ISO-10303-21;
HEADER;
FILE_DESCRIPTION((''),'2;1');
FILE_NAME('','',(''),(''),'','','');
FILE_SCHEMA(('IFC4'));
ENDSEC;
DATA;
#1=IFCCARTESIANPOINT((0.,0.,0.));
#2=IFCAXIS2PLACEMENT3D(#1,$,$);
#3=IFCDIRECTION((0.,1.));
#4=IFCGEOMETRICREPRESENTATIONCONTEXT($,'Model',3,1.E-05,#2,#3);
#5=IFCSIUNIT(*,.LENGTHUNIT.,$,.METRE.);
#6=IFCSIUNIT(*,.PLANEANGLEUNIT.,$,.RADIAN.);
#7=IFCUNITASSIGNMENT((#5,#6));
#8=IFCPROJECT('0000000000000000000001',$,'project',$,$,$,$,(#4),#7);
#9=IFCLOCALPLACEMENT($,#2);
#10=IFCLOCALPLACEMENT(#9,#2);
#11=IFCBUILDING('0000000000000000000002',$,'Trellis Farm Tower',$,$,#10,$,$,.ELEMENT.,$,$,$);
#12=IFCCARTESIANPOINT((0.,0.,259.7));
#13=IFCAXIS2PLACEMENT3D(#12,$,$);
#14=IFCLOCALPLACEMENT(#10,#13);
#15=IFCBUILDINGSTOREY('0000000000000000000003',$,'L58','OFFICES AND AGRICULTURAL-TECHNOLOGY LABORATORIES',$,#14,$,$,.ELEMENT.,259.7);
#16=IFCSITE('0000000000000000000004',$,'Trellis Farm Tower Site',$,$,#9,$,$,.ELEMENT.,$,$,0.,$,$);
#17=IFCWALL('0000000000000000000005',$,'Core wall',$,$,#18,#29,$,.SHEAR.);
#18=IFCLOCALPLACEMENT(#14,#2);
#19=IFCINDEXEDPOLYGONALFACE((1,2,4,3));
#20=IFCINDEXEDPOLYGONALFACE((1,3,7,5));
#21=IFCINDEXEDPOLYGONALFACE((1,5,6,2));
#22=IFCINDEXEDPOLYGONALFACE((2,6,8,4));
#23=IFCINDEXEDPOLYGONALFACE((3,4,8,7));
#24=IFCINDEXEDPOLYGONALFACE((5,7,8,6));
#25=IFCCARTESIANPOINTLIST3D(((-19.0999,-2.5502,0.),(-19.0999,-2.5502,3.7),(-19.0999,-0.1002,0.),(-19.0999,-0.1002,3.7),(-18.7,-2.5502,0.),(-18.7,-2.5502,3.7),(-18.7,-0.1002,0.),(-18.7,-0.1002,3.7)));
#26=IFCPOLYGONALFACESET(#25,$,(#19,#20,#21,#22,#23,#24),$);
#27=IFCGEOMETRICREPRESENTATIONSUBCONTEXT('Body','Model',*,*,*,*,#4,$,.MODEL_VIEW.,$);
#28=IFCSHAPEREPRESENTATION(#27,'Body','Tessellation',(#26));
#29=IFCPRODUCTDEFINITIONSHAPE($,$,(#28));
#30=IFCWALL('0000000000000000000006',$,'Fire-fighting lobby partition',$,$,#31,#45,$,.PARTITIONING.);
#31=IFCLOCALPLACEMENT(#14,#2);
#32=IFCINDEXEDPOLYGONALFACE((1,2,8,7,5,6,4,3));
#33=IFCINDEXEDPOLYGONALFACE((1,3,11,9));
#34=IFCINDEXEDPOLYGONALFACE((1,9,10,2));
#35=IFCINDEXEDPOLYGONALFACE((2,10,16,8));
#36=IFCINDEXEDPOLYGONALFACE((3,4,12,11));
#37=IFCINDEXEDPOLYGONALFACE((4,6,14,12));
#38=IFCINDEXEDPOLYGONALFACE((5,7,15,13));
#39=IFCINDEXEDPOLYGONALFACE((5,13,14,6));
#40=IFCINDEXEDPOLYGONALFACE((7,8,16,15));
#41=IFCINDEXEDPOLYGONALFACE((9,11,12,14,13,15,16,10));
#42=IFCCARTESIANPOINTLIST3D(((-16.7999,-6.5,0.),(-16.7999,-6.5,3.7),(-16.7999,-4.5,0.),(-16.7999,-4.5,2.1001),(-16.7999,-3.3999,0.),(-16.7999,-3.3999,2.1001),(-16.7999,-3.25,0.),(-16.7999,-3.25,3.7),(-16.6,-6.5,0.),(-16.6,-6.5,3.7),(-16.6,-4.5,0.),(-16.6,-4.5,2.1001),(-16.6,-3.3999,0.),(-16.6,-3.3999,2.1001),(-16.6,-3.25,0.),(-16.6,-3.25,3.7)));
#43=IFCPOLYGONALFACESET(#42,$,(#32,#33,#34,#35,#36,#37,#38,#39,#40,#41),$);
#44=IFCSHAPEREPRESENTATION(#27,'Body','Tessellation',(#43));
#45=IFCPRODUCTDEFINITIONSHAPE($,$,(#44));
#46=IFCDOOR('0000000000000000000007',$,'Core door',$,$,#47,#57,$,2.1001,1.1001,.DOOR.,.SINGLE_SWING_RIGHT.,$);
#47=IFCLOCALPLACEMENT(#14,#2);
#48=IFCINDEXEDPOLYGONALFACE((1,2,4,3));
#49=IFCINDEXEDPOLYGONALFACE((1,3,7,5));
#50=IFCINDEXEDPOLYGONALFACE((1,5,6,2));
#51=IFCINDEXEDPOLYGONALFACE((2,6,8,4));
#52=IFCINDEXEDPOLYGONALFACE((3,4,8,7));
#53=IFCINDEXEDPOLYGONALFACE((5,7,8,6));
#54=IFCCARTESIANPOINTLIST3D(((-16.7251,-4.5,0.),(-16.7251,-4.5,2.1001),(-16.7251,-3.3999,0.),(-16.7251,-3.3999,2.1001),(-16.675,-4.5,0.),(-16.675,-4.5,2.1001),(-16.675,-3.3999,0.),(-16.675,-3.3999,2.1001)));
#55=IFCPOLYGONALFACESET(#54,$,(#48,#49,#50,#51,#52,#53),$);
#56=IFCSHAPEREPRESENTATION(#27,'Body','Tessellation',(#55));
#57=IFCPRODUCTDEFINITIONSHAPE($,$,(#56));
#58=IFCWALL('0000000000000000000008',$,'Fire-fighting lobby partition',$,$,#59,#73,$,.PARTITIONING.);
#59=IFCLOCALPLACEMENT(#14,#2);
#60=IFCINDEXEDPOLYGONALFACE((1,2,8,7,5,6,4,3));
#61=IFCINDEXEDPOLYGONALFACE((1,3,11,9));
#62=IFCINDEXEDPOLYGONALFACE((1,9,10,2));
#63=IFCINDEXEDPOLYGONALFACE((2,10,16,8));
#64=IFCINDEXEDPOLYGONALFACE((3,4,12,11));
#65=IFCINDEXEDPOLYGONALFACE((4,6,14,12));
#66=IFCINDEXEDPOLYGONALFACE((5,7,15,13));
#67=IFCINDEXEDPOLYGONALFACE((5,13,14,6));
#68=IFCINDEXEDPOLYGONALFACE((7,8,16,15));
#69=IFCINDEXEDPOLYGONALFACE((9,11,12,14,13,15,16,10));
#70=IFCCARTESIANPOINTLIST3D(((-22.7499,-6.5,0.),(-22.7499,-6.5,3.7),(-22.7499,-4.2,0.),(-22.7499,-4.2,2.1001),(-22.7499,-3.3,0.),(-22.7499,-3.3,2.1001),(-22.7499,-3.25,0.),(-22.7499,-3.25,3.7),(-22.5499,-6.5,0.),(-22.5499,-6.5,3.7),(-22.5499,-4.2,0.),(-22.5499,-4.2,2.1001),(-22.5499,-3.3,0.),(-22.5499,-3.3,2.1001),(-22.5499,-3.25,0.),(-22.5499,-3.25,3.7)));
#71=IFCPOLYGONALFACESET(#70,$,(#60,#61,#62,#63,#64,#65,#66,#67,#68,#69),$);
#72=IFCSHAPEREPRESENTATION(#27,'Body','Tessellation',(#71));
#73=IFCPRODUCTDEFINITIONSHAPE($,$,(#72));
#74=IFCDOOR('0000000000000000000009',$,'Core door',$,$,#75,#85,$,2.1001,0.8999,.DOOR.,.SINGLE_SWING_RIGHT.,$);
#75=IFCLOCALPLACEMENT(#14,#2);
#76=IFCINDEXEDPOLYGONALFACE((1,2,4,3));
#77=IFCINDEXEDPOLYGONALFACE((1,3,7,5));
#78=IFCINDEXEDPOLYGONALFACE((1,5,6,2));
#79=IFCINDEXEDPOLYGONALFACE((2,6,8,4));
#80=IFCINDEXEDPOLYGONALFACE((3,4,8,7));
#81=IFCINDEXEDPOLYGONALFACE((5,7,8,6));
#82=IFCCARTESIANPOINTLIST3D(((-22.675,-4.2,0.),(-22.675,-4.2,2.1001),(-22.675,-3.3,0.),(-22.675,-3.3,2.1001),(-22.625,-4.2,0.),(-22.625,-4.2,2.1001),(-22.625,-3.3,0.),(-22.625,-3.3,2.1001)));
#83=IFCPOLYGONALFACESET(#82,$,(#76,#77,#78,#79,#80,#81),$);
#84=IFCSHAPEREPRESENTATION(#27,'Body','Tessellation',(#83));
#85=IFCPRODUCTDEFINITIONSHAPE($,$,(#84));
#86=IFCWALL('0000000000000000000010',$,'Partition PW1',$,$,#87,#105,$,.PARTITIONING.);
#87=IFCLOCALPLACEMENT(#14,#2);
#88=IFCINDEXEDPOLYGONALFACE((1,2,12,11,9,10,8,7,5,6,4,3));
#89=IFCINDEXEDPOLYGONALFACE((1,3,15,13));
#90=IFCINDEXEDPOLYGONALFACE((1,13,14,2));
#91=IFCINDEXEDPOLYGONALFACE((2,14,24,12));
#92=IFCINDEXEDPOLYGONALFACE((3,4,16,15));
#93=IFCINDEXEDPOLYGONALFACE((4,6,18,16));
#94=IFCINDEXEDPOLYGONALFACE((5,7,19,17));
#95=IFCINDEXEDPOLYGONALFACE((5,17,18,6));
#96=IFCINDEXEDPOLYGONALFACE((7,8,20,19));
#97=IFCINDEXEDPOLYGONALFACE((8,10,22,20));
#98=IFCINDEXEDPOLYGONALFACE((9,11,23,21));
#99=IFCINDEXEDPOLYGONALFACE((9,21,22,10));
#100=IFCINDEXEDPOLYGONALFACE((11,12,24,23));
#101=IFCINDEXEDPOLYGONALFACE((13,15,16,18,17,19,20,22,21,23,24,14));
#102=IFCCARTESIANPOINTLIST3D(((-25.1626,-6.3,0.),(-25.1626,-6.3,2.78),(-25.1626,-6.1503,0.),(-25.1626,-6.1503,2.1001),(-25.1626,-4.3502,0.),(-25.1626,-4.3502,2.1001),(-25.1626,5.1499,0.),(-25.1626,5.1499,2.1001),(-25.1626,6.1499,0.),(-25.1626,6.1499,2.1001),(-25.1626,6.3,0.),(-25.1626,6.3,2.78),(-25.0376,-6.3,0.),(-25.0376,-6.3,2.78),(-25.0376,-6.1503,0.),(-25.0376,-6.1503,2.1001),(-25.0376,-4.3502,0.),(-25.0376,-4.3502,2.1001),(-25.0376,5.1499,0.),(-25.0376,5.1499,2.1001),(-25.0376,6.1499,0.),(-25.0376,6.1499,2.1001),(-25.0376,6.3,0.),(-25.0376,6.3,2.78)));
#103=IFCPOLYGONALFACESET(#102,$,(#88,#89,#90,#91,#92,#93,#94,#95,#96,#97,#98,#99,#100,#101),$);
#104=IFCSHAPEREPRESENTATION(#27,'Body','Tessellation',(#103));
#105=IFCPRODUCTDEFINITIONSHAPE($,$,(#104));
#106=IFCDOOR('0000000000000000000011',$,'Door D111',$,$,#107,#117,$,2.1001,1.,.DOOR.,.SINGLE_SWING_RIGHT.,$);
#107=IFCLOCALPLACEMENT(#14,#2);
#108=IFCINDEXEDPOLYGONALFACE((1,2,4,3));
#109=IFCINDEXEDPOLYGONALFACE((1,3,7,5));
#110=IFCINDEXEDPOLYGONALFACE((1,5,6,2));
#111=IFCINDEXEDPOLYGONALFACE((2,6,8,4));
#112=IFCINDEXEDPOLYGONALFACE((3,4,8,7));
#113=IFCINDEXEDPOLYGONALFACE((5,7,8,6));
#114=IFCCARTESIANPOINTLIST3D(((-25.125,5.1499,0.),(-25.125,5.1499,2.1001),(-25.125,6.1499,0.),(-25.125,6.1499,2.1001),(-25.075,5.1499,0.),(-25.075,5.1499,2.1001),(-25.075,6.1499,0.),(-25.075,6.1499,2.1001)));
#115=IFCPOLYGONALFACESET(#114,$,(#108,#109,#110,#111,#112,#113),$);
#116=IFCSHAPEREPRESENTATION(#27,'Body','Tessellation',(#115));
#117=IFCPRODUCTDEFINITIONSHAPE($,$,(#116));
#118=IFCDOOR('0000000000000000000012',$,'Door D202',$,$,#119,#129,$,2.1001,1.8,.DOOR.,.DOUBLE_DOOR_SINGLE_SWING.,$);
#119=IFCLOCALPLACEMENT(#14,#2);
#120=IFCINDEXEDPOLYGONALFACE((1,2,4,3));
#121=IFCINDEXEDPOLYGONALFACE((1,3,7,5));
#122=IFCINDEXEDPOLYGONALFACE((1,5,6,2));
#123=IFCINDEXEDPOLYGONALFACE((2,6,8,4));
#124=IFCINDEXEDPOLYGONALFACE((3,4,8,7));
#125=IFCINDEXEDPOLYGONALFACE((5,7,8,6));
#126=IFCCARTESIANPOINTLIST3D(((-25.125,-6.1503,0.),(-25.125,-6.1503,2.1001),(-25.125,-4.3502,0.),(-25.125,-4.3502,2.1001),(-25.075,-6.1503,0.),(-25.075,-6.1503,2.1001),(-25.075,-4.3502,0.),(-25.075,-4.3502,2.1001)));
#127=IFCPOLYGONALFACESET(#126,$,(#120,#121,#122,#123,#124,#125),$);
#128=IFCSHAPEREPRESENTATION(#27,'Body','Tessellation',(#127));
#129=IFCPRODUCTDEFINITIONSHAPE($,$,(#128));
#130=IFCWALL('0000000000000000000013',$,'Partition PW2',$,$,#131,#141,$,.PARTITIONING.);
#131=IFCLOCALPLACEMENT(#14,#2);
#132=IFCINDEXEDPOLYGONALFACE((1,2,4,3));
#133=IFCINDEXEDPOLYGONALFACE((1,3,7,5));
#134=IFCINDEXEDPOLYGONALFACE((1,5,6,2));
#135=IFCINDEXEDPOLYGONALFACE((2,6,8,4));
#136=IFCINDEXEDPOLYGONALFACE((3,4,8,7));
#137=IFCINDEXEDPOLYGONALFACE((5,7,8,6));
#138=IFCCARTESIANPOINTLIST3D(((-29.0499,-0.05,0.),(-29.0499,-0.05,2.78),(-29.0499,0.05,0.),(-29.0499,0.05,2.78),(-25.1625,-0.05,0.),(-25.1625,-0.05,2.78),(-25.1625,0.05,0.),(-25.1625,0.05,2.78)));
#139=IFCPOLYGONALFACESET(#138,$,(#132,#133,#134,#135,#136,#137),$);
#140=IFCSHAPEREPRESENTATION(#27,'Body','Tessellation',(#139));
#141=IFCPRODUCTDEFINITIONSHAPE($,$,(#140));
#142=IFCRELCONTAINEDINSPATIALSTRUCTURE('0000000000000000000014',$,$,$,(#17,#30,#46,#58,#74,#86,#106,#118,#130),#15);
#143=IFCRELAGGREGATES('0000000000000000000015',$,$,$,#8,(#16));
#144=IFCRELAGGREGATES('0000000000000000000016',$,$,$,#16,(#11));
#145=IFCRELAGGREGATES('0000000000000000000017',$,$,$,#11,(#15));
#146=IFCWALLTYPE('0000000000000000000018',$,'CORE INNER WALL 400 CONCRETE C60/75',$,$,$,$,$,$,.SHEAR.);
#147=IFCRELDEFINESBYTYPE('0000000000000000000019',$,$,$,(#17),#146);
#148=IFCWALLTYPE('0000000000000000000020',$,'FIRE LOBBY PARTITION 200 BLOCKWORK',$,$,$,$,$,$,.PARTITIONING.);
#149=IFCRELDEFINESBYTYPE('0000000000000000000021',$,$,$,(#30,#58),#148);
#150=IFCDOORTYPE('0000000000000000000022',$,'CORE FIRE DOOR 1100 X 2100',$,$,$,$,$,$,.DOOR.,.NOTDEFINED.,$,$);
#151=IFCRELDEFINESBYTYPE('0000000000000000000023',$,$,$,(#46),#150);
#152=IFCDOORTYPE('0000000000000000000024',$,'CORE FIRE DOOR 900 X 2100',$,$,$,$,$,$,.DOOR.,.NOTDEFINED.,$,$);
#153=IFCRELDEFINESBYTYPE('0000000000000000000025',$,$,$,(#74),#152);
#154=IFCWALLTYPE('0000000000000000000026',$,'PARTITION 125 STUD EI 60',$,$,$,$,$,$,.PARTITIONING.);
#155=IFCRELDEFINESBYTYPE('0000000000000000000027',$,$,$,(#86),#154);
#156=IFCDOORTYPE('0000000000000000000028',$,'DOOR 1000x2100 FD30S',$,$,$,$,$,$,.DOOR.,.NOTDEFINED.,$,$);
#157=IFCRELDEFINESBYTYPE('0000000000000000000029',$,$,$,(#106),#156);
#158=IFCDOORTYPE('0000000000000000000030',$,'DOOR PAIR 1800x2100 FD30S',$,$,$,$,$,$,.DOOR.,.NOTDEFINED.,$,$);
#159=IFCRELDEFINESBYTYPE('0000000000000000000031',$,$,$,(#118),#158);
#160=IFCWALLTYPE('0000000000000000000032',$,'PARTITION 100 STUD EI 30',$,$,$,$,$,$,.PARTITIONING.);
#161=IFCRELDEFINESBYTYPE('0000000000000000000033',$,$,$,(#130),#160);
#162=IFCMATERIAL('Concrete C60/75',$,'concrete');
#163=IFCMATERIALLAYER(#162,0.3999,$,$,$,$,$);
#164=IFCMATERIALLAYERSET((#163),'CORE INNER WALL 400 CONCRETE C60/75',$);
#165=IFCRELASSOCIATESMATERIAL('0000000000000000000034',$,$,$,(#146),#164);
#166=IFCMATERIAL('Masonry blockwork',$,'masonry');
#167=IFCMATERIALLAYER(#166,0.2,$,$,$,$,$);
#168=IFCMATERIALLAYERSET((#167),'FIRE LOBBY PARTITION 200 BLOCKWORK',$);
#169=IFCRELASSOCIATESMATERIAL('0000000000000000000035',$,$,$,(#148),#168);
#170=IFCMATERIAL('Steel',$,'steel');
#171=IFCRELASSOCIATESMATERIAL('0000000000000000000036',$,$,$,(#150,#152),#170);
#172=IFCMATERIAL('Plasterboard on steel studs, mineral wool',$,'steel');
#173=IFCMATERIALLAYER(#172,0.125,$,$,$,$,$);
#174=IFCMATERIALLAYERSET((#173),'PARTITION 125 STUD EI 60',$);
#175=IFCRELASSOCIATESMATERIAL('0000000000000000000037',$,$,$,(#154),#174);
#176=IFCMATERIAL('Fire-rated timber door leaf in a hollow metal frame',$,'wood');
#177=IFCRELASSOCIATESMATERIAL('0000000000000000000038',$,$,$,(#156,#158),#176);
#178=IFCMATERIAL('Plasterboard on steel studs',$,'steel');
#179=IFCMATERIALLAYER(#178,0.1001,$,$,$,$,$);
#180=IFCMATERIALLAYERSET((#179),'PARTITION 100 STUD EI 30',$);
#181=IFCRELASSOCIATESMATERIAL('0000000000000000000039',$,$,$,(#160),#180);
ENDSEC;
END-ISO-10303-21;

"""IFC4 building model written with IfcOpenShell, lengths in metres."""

from ifc_helpers import new_model, si_unit, direction, frame, frame_2d, origin, place, context, subcontext, project, spatial, rectangle, extrude, source, transform, mapped, material, layer, layer_set, type_object, element, fill, save


model = new_model("IFC4")

# Units and contexts
model_context = context("Model", 3, precision=1e-05, world=origin(), true_north=direction((0.0, 1.0)))
body_context = subcontext(model_context, "Body", "Model", "MODEL_VIEW")
ifc_project = project(units=[si_unit("LENGTHUNIT", "METRE"), si_unit("PLANEANGLEUNIT", "RADIAN")], contexts=[model_context])

# Site, building, storey
site_placement = place(None, origin())
site = spatial("IfcSite", under=ifc_project, at=site_placement, Name="Trellis Farm Tower Site", CompositionType="ELEMENT", RefElevation=0.0)
building_placement = place(site_placement, origin())
building = spatial("IfcBuilding", under=site, at=building_placement, Name="Trellis Farm Tower", CompositionType="ELEMENT")
storey_placement = place(building_placement, frame((0.0, 0.0, 259.7)))
storey = spatial("IfcBuildingStorey", under=building, at=storey_placement, Name="L58", Description="OFFICES AND AGRICULTURAL-TECHNOLOGY LABORATORIES", CompositionType="ELEMENT", Elevation=259.7)

# Shared definitions
ifc_material_1 = material(Name="Concrete C60/75", Category="concrete")

# Wall
ifc_layer_1 = layer(ifc_material_1, 0.3999)
ifc_layer_set_1 = layer_set([ifc_layer_1], Name="CORE INNER WALL 400 CONCRETE C60/75")
wall_type_1 = type_object("IfcWallType", Name="CORE INNER WALL 400 CONCRETE C60/75", PredefinedType="SHEAR", material=ifc_layer_set_1)
shared_shape_1 = source(origin(), body_context, "Body", "SweptSolid", [
    extrude(rectangle(XDim=2.45, YDim=0.3999, at=frame_2d((1.2251, 0.0))), origin(), (0.0, 0.0, 1.0), 3.7),
])
for number, where, z_axis, x_axis, name in (
    (1, (-18.8999, -0.1001, 0.0), (0.0, 0.0, 1.0), (0.0, -1.0, 0.0), "Core wall"),
):
    element("IfcWall", number, at=place(storey_placement, frame(where, z_axis=z_axis, x_axis=x_axis)), inside=storey, type_object=wall_type_1, Name=name, PredefinedType="SHEAR", context=body_context, shape_type="MappedRepresentation", body=[
        mapped(shared_shape_1, transform((0.0, 0.0, 0.0))),
    ])

# Walls, openings, doors
ifc_material_2 = material(Name="Masonry blockwork", Category="masonry")
ifc_layer_2 = layer(ifc_material_2, 0.2)
ifc_layer_set_2 = layer_set([ifc_layer_2], Name="FIRE LOBBY PARTITION 200 BLOCKWORK")
wall_type_2 = type_object("IfcWallType", Name="FIRE LOBBY PARTITION 200 BLOCKWORK", PredefinedType="PARTITIONING", material=ifc_layer_set_2)
shared_shape_2 = source(origin(), body_context, "Body", "SweptSolid", [
    extrude(rectangle(XDim=3.25, YDim=0.2, at=frame_2d((1.625, 0.0))), origin(), (0.0, 0.0, 1.0), 3.7),
])
wall_1_placement = place(storey_placement, frame((-16.7, -3.25, 0.0), z_axis=(0.0, 0.0, 1.0), x_axis=(0.0, -1.0, 0.0)))
wall_1 = element("IfcWall", 2, at=wall_1_placement, inside=storey, type_object=wall_type_2, Name="Fire-fighting lobby partition", PredefinedType="PARTITIONING", context=body_context, shape_type="MappedRepresentation", body=[
    mapped(shared_shape_2, transform((0.0, 0.0, 0.0))),
])
shared_shape_3 = source(origin(), body_context, "Body", "SweptSolid", [
    extrude(rectangle(XDim=1.1001, YDim=2.1001, at=frame_2d((0.55, 1.05))), frame((0.0, 0.1101, 0.0), z_axis=(0.0, -1.0, 0.0), x_axis=(1.0, 0.0, 0.0)), (0.0, 0.0, 1.0), 0.2202),
])
opening_1_placement = place(wall_1_placement, frame((0.1499, 0.0, 0.0)))
opening_1 = element("IfcOpeningElement", 3, at=opening_1_placement, cuts=wall_1, PredefinedType="OPENING", context=body_context, shape_type="MappedRepresentation", body=[
    mapped(shared_shape_3, transform((0.0, 0.0, 0.0))),
])
ifc_material_3 = material(Name="Steel", Category="steel")
door_type_1 = type_object("IfcDoorType", Name="CORE FIRE DOOR 1100 X 2100", OperationType="NOTDEFINED", PredefinedType="DOOR", material=ifc_material_3)
shared_shape_4 = source(origin(), body_context, "Body", "SweptSolid", [
    extrude(rectangle(XDim=1.1001, YDim=2.1001, at=frame_2d((0.55, 1.05))), frame((0.0, 0.0249, 0.0), z_axis=(0.0, -1.0, 0.0), x_axis=(1.0, 0.0, 0.0)), (0.0, 0.0, 1.0), 0.05),
])
door_1_placement = place(opening_1_placement, origin())
door_1 = element("IfcDoor", 4, at=door_1_placement, inside=storey, type_object=door_type_1, Name="Core door", OperationType="SINGLE_SWING_RIGHT", OverallHeight=2.1001, OverallWidth=1.1001, PredefinedType="DOOR", context=body_context, shape_type="MappedRepresentation", body=[
    mapped(shared_shape_4, transform((0.0, 0.0, 0.0))),
])
fill(opening_1, door_1)
wall_2_placement = place(storey_placement, frame((-22.6499, -3.25, 0.0), z_axis=(0.0, 0.0, 1.0), x_axis=(0.0, -1.0, 0.0)))
wall_2 = element("IfcWall", 5, at=wall_2_placement, inside=storey, type_object=wall_type_2, Name="Fire-fighting lobby partition", PredefinedType="PARTITIONING", context=body_context, shape_type="MappedRepresentation", body=[
    mapped(shared_shape_2, transform((0.0, 0.0, 0.0))),
])
shared_shape_5 = source(origin(), body_context, "Body", "SweptSolid", [
    extrude(rectangle(XDim=0.8999, YDim=2.1001, at=frame_2d((0.45, 1.05))), frame((0.0, 0.1101, 0.0), z_axis=(0.0, -1.0, 0.0), x_axis=(1.0, 0.0, 0.0)), (0.0, 0.0, 1.0), 0.2202),
])
opening_2_placement = place(wall_2_placement, frame((0.05, 0.0, 0.0)))
opening_2 = element("IfcOpeningElement", 6, at=opening_2_placement, cuts=wall_2, PredefinedType="OPENING", context=body_context, shape_type="MappedRepresentation", body=[
    mapped(shared_shape_5, transform((0.0, 0.0, 0.0))),
])
door_type_2 = type_object("IfcDoorType", Name="CORE FIRE DOOR 900 X 2100", OperationType="NOTDEFINED", PredefinedType="DOOR", material=ifc_material_3)
shared_shape_6 = source(origin(), body_context, "Body", "SweptSolid", [
    extrude(rectangle(XDim=0.8999, YDim=2.1001, at=frame_2d((0.45, 1.05))), frame((0.0, 0.0249, 0.0), z_axis=(0.0, -1.0, 0.0), x_axis=(1.0, 0.0, 0.0)), (0.0, 0.0, 1.0), 0.05),
])
door_2_placement = place(opening_2_placement, origin())
door_2 = element("IfcDoor", 7, at=door_2_placement, inside=storey, type_object=door_type_2, Name="Core door", OperationType="SINGLE_SWING_RIGHT", OverallHeight=2.1001, OverallWidth=0.8999, PredefinedType="DOOR", context=body_context, shape_type="MappedRepresentation", body=[
    mapped(shared_shape_6, transform((0.0, 0.0, 0.0))),
])
fill(opening_2, door_2)

# Wall, openings, doors
ifc_material_4 = material(Name="Plasterboard on steel studs, mineral wool", Category="steel")
ifc_layer_3 = layer(ifc_material_4, 0.125)
ifc_layer_set_3 = layer_set([ifc_layer_3], Name="PARTITION 125 STUD EI 60")
wall_type_3 = type_object("IfcWallType", Name="PARTITION 125 STUD EI 60", PredefinedType="PARTITIONING", material=ifc_layer_set_3)
shared_shape_7 = source(origin(), body_context, "Body", "SweptSolid", [
    extrude(rectangle(XDim=12.6001, YDim=0.125, at=frame_2d((6.3, 0.0))), origin(), (0.0, 0.0, 1.0), 2.78),
])
wall_3_placement = place(storey_placement, frame((-25.1001, -6.3, 0.0), z_axis=(0.0, 0.0, 1.0), x_axis=(0.0, 1.0, 0.0)))
wall_3 = element("IfcWall", 8, at=wall_3_placement, inside=storey, type_object=wall_type_3, Name="Partition PW1", PredefinedType="PARTITIONING", context=body_context, shape_type="MappedRepresentation", body=[
    mapped(shared_shape_7, transform((0.0, 0.0, 0.0))),
])
shared_shape_8 = source(origin(), body_context, "Body", "SweptSolid", [
    extrude(rectangle(XDim=1.8, YDim=2.1001, at=frame_2d((0.8999, 1.05))), frame((0.0, 0.0725, 0.0), z_axis=(0.0, -1.0, 0.0), x_axis=(1.0, 0.0, 0.0)), (0.0, 0.0, 1.0), 0.145),
])
opening_3_placement = place(wall_3_placement, frame((0.1499, 0.0, 0.0)))
opening_3 = element("IfcOpeningElement", 9, at=opening_3_placement, cuts=wall_3, PredefinedType="OPENING", context=body_context, shape_type="MappedRepresentation", body=[
    mapped(shared_shape_8, transform((0.0, 0.0, 0.0))),
])
shared_shape_9 = source(origin(), body_context, "Body", "SweptSolid", [
    extrude(rectangle(XDim=1.0, YDim=2.1001, at=frame_2d((0.5, 1.05))), frame((0.0, 0.0725, 0.0), z_axis=(0.0, -1.0, 0.0), x_axis=(1.0, 0.0, 0.0)), (0.0, 0.0, 1.0), 0.145),
])
opening_4_placement = place(wall_3_placement, frame((11.45, 0.0, 0.0)))
opening_4 = element("IfcOpeningElement", 10, at=opening_4_placement, cuts=wall_3, PredefinedType="OPENING", context=body_context, shape_type="MappedRepresentation", body=[
    mapped(shared_shape_9, transform((0.0, 0.0, 0.0))),
])
ifc_material_5 = material(Name="Fire-rated timber door leaf in a hollow metal frame", Category="wood")
door_type_3 = type_object("IfcDoorType", Name="DOOR 1000x2100 FD30S", OperationType="NOTDEFINED", PredefinedType="DOOR", material=ifc_material_5)
shared_shape_10 = source(origin(), body_context, "Body", "SweptSolid", [
    extrude(rectangle(XDim=1.0, YDim=2.1001, at=frame_2d((0.5, 1.05))), frame((0.0, 0.0249, 0.0), z_axis=(0.0, -1.0, 0.0), x_axis=(1.0, 0.0, 0.0)), (0.0, 0.0, 1.0), 0.05),
])
door_3_placement = place(opening_4_placement, origin())
door_3 = element("IfcDoor", 11, at=door_3_placement, inside=storey, type_object=door_type_3, Name="Door D111", OperationType="SINGLE_SWING_RIGHT", OverallHeight=2.1001, OverallWidth=1.0, PredefinedType="DOOR", context=body_context, shape_type="MappedRepresentation", body=[
    mapped(shared_shape_10, transform((0.0, 0.0, 0.0))),
])
fill(opening_4, door_3)
door_type_4 = type_object("IfcDoorType", Name="DOOR PAIR 1800x2100 FD30S", OperationType="NOTDEFINED", PredefinedType="DOOR", material=ifc_material_5)
shared_shape_11 = source(origin(), body_context, "Body", "SweptSolid", [
    extrude(rectangle(XDim=1.8, YDim=2.1001, at=frame_2d((0.8999, 1.05))), frame((0.0, 0.0249, 0.0), z_axis=(0.0, -1.0, 0.0), x_axis=(1.0, 0.0, 0.0)), (0.0, 0.0, 1.0), 0.05),
])
door_4_placement = place(opening_3_placement, origin())
door_4 = element("IfcDoor", 12, at=door_4_placement, inside=storey, type_object=door_type_4, Name="Door D202", OperationType="DOUBLE_DOOR_SINGLE_SWING", OverallHeight=2.1001, OverallWidth=1.8, PredefinedType="DOOR", context=body_context, shape_type="MappedRepresentation", body=[
    mapped(shared_shape_11, transform((0.0, 0.0, 0.0))),
])
fill(opening_3, door_4)

# Wall
ifc_material_6 = material(Name="Plasterboard on steel studs", Category="steel")
ifc_layer_4 = layer(ifc_material_6, 0.1001)
ifc_layer_set_4 = layer_set([ifc_layer_4], Name="PARTITION 100 STUD EI 30")
wall_type_4 = type_object("IfcWallType", Name="PARTITION 100 STUD EI 30", PredefinedType="PARTITIONING", material=ifc_layer_set_4)
shared_shape_12 = source(origin(), body_context, "Body", "SweptSolid", [
    extrude(rectangle(XDim=3.8875, YDim=0.1001, at=frame_2d((1.9438, 0.0))), origin(), (0.0, 0.0, 1.0), 2.78),
])
wall_4_placement = place(storey_placement, frame((-29.05, 0.0, 0.0), z_axis=(0.0, 0.0, 1.0), x_axis=(1.0, 0.0, 0.0)))
element("IfcWall", 13, at=wall_4_placement, inside=storey, type_object=wall_type_4, Name="Partition PW2", PredefinedType="PARTITIONING", context=body_context, shape_type="MappedRepresentation", body=[
    mapped(shared_shape_12, transform((0.0, 0.0, 0.0))),
])

save(model, "model.ifc")
